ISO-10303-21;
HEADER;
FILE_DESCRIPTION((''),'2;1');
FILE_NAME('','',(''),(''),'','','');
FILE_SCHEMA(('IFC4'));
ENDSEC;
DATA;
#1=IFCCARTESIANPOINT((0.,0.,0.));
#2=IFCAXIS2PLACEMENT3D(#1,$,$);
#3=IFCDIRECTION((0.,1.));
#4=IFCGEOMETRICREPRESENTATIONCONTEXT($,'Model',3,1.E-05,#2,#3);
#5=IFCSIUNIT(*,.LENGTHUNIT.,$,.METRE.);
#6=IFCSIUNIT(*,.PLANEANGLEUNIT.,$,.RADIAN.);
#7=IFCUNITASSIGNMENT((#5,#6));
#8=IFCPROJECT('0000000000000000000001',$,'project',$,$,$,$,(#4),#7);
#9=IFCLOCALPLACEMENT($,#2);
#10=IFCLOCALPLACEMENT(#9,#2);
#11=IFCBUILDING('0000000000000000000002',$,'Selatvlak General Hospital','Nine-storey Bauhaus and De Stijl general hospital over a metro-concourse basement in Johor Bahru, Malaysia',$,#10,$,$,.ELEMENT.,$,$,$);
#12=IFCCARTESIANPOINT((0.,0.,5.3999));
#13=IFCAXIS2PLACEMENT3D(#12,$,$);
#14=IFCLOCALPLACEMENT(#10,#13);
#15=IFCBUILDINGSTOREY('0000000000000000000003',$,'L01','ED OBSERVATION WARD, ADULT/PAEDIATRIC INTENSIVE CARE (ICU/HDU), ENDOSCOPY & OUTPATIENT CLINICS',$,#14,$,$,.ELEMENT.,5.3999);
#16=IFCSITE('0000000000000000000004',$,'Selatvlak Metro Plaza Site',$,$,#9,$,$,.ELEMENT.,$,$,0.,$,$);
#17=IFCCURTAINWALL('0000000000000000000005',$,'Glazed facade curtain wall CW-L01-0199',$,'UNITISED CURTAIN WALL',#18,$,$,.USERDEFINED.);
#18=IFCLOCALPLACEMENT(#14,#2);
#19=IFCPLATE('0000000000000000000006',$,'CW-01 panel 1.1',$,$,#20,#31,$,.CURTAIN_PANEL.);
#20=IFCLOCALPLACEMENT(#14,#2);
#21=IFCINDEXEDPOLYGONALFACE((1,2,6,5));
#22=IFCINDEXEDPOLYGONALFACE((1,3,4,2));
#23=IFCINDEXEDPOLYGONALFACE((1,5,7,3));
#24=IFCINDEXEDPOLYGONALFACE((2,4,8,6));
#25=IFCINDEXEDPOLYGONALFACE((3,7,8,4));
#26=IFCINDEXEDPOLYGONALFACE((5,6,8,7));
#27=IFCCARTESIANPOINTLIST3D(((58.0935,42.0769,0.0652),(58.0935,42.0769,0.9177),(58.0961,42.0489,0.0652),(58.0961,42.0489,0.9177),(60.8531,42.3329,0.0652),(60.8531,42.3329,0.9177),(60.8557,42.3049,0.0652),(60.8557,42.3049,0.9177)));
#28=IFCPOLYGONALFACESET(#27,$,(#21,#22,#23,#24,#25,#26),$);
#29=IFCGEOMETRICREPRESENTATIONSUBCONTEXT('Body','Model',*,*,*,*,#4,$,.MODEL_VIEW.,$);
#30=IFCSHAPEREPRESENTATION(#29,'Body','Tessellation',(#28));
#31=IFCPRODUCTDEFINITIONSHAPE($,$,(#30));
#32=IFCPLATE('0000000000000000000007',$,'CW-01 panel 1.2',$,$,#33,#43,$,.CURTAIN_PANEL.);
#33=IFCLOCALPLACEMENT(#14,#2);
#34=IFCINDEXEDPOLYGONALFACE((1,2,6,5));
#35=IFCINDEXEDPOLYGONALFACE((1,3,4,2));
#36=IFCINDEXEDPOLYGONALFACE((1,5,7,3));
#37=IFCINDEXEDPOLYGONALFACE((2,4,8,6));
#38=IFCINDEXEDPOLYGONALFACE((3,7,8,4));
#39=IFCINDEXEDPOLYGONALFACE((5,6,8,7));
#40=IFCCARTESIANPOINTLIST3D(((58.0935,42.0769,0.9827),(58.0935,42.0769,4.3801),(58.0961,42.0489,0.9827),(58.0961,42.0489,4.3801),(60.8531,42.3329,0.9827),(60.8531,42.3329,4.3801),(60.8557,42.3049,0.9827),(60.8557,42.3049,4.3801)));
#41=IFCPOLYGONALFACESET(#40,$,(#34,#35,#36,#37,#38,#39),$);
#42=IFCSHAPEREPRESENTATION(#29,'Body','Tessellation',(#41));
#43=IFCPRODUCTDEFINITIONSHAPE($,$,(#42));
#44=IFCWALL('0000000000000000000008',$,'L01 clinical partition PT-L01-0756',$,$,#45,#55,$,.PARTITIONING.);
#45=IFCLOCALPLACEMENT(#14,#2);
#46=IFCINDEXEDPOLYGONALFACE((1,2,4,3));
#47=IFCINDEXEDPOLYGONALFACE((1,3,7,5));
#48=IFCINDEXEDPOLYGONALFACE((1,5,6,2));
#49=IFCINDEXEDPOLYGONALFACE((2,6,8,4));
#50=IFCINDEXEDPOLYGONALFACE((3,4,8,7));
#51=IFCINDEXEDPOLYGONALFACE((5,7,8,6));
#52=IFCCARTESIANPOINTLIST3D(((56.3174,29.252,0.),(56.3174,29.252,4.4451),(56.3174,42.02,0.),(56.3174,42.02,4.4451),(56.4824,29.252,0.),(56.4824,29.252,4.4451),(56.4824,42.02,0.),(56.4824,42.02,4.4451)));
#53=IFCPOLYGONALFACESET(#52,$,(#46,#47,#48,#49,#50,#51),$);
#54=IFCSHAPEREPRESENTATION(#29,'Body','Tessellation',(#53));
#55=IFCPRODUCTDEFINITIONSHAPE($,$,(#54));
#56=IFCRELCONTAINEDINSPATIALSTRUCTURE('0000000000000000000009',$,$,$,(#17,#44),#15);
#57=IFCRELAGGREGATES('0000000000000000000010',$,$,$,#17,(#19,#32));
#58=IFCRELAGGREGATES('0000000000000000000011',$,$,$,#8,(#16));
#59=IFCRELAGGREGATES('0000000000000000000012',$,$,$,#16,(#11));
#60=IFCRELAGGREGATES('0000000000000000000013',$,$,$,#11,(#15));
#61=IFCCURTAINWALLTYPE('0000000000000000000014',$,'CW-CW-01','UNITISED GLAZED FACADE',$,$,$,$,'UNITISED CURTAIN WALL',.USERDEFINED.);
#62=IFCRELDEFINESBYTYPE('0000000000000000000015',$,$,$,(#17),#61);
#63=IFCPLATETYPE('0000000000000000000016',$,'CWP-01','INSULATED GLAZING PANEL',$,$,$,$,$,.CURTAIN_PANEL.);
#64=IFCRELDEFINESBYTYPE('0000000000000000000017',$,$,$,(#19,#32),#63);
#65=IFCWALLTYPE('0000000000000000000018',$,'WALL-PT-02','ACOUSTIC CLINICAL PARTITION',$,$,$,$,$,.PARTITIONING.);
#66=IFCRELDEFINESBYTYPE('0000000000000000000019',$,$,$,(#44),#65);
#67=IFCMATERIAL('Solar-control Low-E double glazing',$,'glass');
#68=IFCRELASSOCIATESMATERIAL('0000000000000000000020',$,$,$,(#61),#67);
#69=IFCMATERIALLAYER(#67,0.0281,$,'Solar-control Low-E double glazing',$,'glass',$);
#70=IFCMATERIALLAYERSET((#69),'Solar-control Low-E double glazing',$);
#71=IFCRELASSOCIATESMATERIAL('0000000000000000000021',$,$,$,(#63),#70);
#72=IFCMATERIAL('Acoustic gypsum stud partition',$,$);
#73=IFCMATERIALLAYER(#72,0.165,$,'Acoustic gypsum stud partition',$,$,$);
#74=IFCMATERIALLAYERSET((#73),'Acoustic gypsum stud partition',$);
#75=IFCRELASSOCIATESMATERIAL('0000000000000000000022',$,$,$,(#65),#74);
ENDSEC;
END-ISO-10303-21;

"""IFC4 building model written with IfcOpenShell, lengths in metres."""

from ifc_helpers import new_model, si_unit, direction, frame, frame_2d, origin, origin_2d, place, context, subcontext, project, spatial, rectangle, extrude, material, layer, layer_set, type_object, element, aggregate, save


model = new_model("IFC4")

# Units and contexts
model_context = context("Model", 3, precision=1e-05, world=origin(), true_north=direction((0.0, 1.0)))
body_context = subcontext(model_context, "Body", "Model", "MODEL_VIEW")
ifc_project = project(units=[si_unit("LENGTHUNIT", "METRE"), si_unit("PLANEANGLEUNIT", "RADIAN")], contexts=[model_context])

# Site, building, storey
site_placement = place(None, origin())
site = spatial("IfcSite", under=ifc_project, at=site_placement, Name="Selatvlak Metro Plaza Site", CompositionType="ELEMENT", RefElevation=0.0)
building_placement = place(site_placement, origin())
building = spatial("IfcBuilding", under=site, at=building_placement, Name="Selatvlak General Hospital", Description="Nine-storey Bauhaus and De Stijl general hospital over a metro-concourse basement in Johor Bahru, Malaysia", CompositionType="ELEMENT")
storey_placement = place(building_placement, frame((0.0, 0.0, 5.3999)))
storey = spatial("IfcBuildingStorey", under=building, at=storey_placement, Name="L01", Description="ED OBSERVATION WARD, ADULT/PAEDIATRIC INTENSIVE CARE (ICU/HDU), ENDOSCOPY & OUTPATIENT CLINICS", CompositionType="ELEMENT", Elevation=5.3999)

# Shared definitions
ifc_material_1 = material(Name="Solar-control Low-E double glazing", Category="glass")

# Curtain wall
curtain_wall_type_1 = type_object("IfcCurtainWallType", Name="CW-CW-01", Description="UNITISED GLAZED FACADE", ElementType="UNITISED CURTAIN WALL", PredefinedType="USERDEFINED", material=ifc_material_1)
curtain_wall_1_placement = place(storey_placement, origin())
curtain_wall_1 = element("IfcCurtainWall", 1, at=curtain_wall_1_placement, inside=storey, type_object=curtain_wall_type_1, Name="Glazed facade curtain wall CW-L01-0199", ObjectType="UNITISED CURTAIN WALL", PredefinedType="USERDEFINED")

# Plates
ifc_layer_1 = layer(ifc_material_1, 0.0281, Name="Solar-control Low-E double glazing", Category="glass")
ifc_layer_set_1 = layer_set([ifc_layer_1], Name="Solar-control Low-E double glazing")
plate_type = type_object("IfcPlateType", Name="CWP-01", Description="INSULATED GLAZING PANEL", PredefinedType="CURTAIN_PANEL", material=ifc_layer_set_1)
plate_1_placement = place(storey_placement, frame((59.4746, 42.1909, 0.0652), z_axis=(0.0, 0.0, 1.0), x_axis=(0.995725, 0.092369, 0.0)))
plate_1 = element("IfcPlate", 2, at=plate_1_placement, type_object=plate_type, Name="CW-01 panel 1.1", PredefinedType="CURTAIN_PANEL", context=body_context, shape_type="SweptSolid", body=[
    extrude(rectangle(XDim=2.7715, YDim=0.0281, at=origin_2d()), origin(), (0.0, 0.0, 1.0), 0.8525),
])
plate_2_placement = place(storey_placement, frame((59.4746, 42.1909, 0.9827), z_axis=(0.0, 0.0, 1.0), x_axis=(0.995725, 0.092369, 0.0)))
plate_2 = element("IfcPlate", 3, at=plate_2_placement, type_object=plate_type, Name="CW-01 panel 1.2", PredefinedType="CURTAIN_PANEL", context=body_context, shape_type="SweptSolid", body=[
    extrude(rectangle(XDim=2.7715, YDim=0.0281, at=origin_2d()), origin(), (0.0, 0.0, 1.0), 3.3975),
])
aggregate(curtain_wall_1, [plate_1, plate_2])

# Wall
ifc_material_2 = material(Name="Acoustic gypsum stud partition")
ifc_layer_2 = layer(ifc_material_2, 0.165, Name="Acoustic gypsum stud partition")
ifc_layer_set_2 = layer_set([ifc_layer_2], Name="Acoustic gypsum stud partition")
wall_type = type_object("IfcWallType", Name="WALL-PT-02", Description="ACOUSTIC CLINICAL PARTITION", PredefinedType="PARTITIONING", material=ifc_layer_set_2)
wall_placement = place(storey_placement, frame((56.3999, 42.02, 0.0), z_axis=(0.0, 0.0, 1.0), x_axis=(0.0, -1.0, 0.0)))
element("IfcWall", 4, at=wall_placement, inside=storey, type_object=wall_type, Name="L01 clinical partition PT-L01-0756", PredefinedType="PARTITIONING", context=body_context, shape_type="SweptSolid", body=[
    extrude(rectangle(XDim=12.7681, YDim=0.165, at=frame_2d((6.384, 0.0))), origin(), (0.0, 0.0, 1.0), 4.4451),
])

save(model, "model.ifc")
